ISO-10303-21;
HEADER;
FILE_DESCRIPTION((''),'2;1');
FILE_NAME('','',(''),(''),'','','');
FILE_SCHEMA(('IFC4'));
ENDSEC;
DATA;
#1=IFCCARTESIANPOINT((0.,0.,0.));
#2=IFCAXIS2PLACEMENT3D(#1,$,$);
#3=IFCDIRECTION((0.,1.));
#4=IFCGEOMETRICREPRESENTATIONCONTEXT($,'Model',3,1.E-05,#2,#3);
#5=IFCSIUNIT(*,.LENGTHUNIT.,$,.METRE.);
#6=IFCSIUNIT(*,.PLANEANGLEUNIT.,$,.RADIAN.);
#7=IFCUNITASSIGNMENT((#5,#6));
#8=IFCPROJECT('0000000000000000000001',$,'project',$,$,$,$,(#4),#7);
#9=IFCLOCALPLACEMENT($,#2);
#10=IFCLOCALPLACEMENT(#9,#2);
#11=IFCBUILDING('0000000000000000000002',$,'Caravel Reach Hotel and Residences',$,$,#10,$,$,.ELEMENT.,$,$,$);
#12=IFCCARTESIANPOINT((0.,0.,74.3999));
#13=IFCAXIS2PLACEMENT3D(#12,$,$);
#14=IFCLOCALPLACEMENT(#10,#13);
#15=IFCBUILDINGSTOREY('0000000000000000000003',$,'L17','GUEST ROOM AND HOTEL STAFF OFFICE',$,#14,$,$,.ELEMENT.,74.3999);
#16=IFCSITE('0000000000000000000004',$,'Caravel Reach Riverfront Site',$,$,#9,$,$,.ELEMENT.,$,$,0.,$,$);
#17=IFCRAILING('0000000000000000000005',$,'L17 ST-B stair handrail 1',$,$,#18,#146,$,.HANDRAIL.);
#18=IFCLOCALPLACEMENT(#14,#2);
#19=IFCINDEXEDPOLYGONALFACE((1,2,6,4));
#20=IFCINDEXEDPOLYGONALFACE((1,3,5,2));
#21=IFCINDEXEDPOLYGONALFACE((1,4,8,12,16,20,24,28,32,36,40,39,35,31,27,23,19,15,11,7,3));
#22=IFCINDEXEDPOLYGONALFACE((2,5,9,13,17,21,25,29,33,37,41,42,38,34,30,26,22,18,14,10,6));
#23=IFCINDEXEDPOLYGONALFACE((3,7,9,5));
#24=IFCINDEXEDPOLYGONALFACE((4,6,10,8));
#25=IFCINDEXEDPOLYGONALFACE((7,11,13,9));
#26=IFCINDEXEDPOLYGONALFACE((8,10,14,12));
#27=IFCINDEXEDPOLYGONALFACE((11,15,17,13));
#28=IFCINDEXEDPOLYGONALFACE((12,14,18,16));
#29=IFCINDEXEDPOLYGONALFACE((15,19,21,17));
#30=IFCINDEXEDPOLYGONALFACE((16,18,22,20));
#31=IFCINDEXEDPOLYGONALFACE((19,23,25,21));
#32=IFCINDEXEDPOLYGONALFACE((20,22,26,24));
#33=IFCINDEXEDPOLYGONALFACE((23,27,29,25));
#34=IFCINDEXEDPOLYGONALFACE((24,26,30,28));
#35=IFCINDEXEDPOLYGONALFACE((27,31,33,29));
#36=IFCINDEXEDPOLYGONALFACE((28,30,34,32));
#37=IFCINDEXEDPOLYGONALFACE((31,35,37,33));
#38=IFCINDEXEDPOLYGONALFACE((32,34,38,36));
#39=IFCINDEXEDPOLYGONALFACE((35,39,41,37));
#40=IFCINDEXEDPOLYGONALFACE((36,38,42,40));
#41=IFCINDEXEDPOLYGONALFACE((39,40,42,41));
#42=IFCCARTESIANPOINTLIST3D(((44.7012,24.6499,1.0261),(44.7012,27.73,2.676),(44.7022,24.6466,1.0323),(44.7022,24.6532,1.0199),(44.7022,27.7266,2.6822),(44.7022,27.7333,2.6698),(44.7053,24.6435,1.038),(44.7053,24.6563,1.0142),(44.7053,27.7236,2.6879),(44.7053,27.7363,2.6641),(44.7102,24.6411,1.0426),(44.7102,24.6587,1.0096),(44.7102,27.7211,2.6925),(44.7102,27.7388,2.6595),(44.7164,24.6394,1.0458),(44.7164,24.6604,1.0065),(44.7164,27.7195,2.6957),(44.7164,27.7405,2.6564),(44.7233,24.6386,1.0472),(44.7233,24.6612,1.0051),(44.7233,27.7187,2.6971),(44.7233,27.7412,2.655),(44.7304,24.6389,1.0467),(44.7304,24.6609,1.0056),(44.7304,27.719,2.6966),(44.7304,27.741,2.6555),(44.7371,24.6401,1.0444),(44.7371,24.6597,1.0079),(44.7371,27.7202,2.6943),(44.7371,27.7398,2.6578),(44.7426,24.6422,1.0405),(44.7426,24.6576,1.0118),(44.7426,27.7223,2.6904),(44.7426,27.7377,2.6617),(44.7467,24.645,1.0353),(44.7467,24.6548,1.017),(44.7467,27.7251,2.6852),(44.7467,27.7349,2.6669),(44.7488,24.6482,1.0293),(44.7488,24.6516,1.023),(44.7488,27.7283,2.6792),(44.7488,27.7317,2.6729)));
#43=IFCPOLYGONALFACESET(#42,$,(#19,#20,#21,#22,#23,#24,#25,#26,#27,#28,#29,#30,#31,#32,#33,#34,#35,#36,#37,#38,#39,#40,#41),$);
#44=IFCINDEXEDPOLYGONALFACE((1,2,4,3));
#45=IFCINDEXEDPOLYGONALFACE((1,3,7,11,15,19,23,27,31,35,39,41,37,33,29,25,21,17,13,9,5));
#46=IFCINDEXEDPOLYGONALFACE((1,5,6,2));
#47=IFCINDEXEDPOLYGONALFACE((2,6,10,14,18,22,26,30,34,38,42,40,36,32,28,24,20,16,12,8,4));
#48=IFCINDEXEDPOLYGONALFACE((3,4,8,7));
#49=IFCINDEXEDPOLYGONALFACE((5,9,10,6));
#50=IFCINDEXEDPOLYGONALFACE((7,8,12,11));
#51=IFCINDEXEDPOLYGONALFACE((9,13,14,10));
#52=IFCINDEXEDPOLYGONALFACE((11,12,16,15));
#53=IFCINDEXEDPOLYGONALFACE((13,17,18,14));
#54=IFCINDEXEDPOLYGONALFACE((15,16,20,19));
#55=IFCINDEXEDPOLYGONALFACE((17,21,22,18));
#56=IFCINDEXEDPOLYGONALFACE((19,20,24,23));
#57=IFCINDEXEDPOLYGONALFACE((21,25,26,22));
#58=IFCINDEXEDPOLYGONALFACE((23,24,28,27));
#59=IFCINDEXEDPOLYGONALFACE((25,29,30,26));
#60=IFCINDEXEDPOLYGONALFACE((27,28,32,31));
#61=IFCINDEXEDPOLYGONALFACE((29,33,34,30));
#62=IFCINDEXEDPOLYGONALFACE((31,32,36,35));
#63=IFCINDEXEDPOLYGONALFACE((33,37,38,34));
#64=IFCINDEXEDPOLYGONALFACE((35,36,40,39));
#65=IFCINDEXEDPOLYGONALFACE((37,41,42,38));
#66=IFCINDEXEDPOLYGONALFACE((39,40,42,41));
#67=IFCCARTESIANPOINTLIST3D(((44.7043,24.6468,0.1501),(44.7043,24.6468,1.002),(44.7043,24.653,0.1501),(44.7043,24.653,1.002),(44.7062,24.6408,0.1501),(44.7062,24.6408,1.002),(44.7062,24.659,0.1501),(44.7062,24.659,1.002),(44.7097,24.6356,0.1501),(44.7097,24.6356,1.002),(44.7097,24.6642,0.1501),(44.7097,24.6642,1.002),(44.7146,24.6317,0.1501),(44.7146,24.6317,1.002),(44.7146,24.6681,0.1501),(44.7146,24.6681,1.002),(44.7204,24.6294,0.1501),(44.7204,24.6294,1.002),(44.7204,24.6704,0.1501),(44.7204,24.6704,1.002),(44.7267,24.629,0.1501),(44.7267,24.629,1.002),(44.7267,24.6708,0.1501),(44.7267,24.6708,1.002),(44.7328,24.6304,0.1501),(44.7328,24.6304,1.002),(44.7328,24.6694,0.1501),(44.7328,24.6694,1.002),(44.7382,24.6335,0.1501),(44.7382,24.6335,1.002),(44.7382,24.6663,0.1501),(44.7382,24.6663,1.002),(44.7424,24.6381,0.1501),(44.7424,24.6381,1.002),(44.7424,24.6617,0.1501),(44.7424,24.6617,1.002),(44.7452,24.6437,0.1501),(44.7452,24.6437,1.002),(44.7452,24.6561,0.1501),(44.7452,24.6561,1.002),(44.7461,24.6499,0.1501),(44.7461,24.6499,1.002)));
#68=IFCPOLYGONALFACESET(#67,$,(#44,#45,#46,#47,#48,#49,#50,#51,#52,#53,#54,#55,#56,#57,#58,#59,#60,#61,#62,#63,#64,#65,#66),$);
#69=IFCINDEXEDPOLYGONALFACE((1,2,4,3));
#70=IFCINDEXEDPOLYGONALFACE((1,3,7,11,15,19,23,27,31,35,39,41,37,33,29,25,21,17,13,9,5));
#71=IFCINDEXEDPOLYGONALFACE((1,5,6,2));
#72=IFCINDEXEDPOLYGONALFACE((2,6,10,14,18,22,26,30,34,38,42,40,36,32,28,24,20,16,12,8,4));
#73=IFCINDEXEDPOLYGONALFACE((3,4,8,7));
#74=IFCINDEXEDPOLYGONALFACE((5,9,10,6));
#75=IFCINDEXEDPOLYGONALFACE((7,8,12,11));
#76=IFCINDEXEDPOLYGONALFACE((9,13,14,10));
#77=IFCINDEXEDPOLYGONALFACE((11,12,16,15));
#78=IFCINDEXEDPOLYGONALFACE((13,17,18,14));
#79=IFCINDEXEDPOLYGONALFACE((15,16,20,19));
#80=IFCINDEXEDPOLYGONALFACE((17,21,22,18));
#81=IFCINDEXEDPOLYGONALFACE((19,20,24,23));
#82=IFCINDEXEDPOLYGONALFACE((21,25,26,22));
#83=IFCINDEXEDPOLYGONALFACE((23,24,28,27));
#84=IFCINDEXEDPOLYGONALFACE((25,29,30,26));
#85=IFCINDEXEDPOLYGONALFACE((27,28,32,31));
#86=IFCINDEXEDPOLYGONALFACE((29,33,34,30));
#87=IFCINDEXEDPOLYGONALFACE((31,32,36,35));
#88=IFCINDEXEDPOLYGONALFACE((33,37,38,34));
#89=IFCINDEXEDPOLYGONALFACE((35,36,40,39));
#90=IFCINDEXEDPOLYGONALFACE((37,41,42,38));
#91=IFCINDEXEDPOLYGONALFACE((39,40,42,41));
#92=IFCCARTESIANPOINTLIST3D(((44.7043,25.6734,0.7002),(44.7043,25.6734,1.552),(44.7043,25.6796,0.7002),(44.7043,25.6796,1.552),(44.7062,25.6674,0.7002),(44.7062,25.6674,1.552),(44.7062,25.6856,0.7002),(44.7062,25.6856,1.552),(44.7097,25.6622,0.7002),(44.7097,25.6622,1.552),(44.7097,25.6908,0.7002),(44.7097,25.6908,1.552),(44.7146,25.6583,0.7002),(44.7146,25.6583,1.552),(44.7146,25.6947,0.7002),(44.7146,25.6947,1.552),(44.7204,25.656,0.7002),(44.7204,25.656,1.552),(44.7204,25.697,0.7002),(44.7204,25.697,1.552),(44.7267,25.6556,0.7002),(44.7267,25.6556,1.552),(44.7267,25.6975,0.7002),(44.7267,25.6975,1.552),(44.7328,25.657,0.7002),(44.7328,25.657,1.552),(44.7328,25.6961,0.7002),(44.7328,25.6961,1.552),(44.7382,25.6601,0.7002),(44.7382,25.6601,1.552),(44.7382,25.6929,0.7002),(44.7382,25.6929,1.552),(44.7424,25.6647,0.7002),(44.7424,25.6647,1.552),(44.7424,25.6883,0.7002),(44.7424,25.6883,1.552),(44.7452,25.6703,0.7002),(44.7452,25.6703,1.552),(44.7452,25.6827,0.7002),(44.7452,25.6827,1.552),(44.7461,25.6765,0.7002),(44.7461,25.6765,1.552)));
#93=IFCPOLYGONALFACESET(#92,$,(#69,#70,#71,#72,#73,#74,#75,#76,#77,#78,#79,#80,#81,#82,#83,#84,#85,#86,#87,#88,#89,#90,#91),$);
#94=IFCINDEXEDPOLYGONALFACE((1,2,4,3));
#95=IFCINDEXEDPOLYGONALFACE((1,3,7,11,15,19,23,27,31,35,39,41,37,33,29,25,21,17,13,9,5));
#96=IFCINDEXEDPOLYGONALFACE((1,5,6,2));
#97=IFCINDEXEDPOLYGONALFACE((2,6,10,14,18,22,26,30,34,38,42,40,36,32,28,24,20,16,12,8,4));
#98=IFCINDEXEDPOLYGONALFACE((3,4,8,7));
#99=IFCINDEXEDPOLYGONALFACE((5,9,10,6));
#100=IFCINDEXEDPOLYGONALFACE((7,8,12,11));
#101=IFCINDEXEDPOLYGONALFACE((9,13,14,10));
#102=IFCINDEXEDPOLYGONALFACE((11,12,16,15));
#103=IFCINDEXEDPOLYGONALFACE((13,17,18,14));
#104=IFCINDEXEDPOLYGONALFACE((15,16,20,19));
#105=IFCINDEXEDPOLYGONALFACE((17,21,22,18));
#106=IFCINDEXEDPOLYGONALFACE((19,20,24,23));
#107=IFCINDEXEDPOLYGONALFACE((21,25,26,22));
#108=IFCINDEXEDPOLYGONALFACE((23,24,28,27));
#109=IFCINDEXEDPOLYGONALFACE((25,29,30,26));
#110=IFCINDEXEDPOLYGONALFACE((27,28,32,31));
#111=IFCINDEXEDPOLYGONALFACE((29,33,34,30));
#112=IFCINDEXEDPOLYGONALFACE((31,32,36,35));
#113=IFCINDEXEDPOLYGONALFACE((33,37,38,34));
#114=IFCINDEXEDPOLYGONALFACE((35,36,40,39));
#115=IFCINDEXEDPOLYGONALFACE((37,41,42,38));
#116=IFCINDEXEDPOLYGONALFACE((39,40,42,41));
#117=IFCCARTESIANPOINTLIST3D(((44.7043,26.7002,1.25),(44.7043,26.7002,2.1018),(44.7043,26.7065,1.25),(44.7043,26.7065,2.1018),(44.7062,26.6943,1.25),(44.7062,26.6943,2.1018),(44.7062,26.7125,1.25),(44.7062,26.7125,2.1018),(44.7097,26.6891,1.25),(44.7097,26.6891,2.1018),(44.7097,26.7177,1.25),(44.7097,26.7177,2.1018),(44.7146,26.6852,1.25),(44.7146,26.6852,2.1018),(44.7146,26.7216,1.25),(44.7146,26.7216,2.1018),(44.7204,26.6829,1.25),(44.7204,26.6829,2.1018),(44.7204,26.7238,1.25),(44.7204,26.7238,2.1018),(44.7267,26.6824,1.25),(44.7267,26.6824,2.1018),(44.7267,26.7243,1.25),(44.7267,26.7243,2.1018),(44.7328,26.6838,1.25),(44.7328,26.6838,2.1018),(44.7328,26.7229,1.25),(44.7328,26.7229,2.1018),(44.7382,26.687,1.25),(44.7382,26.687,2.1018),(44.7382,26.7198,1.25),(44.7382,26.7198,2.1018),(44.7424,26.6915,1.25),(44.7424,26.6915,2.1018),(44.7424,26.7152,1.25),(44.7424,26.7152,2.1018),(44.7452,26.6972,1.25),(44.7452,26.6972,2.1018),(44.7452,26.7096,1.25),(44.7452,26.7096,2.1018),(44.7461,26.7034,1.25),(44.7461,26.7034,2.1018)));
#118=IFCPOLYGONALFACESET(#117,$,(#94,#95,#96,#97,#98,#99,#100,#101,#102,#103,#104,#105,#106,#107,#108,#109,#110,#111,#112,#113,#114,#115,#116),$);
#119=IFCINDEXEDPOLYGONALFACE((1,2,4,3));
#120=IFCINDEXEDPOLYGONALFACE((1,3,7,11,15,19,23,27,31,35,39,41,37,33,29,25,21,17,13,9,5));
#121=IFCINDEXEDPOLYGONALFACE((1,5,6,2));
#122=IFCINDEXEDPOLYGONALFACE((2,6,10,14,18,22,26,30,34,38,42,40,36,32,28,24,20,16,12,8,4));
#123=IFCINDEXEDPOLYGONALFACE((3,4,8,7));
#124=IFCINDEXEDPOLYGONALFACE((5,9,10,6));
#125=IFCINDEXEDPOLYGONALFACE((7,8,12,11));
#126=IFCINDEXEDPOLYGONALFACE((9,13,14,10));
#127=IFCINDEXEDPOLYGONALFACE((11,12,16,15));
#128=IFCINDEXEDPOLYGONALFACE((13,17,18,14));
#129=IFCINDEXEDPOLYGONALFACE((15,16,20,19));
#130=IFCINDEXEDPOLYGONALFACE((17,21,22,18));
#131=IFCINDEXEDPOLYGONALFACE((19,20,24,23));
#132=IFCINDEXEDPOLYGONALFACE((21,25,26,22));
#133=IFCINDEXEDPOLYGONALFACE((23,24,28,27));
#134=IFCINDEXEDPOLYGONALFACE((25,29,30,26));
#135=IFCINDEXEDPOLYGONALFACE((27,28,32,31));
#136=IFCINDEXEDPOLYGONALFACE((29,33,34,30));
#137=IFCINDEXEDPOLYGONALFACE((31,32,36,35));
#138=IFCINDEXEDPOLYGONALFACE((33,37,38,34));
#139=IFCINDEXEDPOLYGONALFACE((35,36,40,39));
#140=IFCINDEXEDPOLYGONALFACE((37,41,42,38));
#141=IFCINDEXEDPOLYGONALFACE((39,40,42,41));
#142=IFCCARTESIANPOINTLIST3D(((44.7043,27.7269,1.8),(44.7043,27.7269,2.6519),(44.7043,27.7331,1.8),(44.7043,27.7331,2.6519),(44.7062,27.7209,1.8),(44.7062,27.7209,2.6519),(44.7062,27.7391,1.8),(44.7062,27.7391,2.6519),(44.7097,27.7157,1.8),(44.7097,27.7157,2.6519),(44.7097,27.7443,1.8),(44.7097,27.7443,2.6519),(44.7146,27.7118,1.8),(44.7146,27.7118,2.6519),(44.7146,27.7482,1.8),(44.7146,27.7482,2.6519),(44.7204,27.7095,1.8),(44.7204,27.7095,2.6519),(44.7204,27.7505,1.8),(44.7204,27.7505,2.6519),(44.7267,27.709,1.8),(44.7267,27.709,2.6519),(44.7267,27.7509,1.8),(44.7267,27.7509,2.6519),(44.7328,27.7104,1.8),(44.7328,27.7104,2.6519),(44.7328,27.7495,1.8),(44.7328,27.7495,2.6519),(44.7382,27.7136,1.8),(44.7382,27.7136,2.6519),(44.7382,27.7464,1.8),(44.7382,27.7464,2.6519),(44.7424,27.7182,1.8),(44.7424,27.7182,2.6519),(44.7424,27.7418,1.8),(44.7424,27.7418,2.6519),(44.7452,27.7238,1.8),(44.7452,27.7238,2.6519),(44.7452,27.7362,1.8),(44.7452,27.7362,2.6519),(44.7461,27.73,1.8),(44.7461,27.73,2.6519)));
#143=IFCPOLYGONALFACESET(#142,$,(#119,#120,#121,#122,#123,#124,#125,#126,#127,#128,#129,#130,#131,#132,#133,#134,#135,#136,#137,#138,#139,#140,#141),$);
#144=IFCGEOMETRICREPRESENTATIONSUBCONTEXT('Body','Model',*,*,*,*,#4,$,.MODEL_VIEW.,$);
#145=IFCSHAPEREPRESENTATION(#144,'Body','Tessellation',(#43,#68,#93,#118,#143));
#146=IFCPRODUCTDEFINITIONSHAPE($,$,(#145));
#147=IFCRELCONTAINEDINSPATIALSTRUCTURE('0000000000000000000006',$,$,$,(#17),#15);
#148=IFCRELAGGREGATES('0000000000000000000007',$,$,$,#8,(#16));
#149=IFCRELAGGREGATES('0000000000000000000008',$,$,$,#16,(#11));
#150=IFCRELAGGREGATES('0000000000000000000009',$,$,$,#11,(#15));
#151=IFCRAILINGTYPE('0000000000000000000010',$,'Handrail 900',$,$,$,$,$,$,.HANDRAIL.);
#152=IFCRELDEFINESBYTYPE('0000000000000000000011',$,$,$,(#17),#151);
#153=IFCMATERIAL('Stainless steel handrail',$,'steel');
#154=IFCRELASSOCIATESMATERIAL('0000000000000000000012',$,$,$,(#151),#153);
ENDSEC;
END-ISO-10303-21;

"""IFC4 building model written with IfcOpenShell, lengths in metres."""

from ifc_helpers import new_model, si_unit, direction, frame, origin, origin_2d, place, context, subcontext, project, spatial, circle, extrude, material, type_object, element, save


model = new_model("IFC4")

# Units and contexts
model_context = context("Model", 3, precision=1e-05, world=origin(), true_north=direction((0.0, 1.0)))
body_context = subcontext(model_context, "Body", "Model", "MODEL_VIEW")
ifc_project = project(units=[si_unit("LENGTHUNIT", "METRE"), si_unit("PLANEANGLEUNIT", "RADIAN")], contexts=[model_context])

# Site, building, storey
site_placement = place(None, origin())
site = spatial("IfcSite", under=ifc_project, at=site_placement, Name="Caravel Reach Riverfront Site", CompositionType="ELEMENT", RefElevation=0.0)
building_placement = place(site_placement, origin())
building = spatial("IfcBuilding", under=site, at=building_placement, Name="Caravel Reach Hotel and Residences", CompositionType="ELEMENT")
storey_placement = place(building_placement, frame((0.0, 0.0, 74.3999)))
storey = spatial("IfcBuildingStorey", under=building, at=storey_placement, Name="L17", Description="GUEST ROOM AND HOTEL STAFF OFFICE", CompositionType="ELEMENT", Elevation=74.3999)

# Railing
ifc_material_1 = material(Name="Stainless steel handrail", Category="steel")
railing_type_1 = type_object("IfcRailingType", Name="Handrail 900", PredefinedType="HANDRAIL", material=ifc_material_1)
railing_1_placement = place(storey_placement, frame((44.7251, 24.6499, 0.1501)))
element("IfcRailing", 1, at=railing_1_placement, inside=storey, type_object=railing_type_1, Name="L17 ST-B stair handrail 1", PredefinedType="HANDRAIL", context=body_context, shape_type="SweptSolid", body=[
    extrude(circle(Radius=0.0239, at=origin_2d()), frame((0.0, 0.0, 0.876), z_axis=(0.0, 0.881497, 0.47219), x_axis=(-1.0, 0.0, 0.0)), (0.0, 0.0, 1.0), 3.4941),
    extrude(circle(Radius=0.021, at=origin_2d()), origin(), (0.0, 0.0, 1.0), 0.8518),
    extrude(circle(Radius=0.021, at=origin_2d()), frame((0.0, 1.0266, 0.55)), (0.0, 0.0, 1.0), 0.8518),
    extrude(circle(Radius=0.021, at=origin_2d()), frame((0.0, 2.0535, 1.0999)), (0.0, 0.0, 1.0), 0.8518),
    extrude(circle(Radius=0.021, at=origin_2d()), frame((0.0, 3.0801, 1.6499)), (0.0, 0.0, 1.0), 0.8518),
])

save(model, "model.ifc")
